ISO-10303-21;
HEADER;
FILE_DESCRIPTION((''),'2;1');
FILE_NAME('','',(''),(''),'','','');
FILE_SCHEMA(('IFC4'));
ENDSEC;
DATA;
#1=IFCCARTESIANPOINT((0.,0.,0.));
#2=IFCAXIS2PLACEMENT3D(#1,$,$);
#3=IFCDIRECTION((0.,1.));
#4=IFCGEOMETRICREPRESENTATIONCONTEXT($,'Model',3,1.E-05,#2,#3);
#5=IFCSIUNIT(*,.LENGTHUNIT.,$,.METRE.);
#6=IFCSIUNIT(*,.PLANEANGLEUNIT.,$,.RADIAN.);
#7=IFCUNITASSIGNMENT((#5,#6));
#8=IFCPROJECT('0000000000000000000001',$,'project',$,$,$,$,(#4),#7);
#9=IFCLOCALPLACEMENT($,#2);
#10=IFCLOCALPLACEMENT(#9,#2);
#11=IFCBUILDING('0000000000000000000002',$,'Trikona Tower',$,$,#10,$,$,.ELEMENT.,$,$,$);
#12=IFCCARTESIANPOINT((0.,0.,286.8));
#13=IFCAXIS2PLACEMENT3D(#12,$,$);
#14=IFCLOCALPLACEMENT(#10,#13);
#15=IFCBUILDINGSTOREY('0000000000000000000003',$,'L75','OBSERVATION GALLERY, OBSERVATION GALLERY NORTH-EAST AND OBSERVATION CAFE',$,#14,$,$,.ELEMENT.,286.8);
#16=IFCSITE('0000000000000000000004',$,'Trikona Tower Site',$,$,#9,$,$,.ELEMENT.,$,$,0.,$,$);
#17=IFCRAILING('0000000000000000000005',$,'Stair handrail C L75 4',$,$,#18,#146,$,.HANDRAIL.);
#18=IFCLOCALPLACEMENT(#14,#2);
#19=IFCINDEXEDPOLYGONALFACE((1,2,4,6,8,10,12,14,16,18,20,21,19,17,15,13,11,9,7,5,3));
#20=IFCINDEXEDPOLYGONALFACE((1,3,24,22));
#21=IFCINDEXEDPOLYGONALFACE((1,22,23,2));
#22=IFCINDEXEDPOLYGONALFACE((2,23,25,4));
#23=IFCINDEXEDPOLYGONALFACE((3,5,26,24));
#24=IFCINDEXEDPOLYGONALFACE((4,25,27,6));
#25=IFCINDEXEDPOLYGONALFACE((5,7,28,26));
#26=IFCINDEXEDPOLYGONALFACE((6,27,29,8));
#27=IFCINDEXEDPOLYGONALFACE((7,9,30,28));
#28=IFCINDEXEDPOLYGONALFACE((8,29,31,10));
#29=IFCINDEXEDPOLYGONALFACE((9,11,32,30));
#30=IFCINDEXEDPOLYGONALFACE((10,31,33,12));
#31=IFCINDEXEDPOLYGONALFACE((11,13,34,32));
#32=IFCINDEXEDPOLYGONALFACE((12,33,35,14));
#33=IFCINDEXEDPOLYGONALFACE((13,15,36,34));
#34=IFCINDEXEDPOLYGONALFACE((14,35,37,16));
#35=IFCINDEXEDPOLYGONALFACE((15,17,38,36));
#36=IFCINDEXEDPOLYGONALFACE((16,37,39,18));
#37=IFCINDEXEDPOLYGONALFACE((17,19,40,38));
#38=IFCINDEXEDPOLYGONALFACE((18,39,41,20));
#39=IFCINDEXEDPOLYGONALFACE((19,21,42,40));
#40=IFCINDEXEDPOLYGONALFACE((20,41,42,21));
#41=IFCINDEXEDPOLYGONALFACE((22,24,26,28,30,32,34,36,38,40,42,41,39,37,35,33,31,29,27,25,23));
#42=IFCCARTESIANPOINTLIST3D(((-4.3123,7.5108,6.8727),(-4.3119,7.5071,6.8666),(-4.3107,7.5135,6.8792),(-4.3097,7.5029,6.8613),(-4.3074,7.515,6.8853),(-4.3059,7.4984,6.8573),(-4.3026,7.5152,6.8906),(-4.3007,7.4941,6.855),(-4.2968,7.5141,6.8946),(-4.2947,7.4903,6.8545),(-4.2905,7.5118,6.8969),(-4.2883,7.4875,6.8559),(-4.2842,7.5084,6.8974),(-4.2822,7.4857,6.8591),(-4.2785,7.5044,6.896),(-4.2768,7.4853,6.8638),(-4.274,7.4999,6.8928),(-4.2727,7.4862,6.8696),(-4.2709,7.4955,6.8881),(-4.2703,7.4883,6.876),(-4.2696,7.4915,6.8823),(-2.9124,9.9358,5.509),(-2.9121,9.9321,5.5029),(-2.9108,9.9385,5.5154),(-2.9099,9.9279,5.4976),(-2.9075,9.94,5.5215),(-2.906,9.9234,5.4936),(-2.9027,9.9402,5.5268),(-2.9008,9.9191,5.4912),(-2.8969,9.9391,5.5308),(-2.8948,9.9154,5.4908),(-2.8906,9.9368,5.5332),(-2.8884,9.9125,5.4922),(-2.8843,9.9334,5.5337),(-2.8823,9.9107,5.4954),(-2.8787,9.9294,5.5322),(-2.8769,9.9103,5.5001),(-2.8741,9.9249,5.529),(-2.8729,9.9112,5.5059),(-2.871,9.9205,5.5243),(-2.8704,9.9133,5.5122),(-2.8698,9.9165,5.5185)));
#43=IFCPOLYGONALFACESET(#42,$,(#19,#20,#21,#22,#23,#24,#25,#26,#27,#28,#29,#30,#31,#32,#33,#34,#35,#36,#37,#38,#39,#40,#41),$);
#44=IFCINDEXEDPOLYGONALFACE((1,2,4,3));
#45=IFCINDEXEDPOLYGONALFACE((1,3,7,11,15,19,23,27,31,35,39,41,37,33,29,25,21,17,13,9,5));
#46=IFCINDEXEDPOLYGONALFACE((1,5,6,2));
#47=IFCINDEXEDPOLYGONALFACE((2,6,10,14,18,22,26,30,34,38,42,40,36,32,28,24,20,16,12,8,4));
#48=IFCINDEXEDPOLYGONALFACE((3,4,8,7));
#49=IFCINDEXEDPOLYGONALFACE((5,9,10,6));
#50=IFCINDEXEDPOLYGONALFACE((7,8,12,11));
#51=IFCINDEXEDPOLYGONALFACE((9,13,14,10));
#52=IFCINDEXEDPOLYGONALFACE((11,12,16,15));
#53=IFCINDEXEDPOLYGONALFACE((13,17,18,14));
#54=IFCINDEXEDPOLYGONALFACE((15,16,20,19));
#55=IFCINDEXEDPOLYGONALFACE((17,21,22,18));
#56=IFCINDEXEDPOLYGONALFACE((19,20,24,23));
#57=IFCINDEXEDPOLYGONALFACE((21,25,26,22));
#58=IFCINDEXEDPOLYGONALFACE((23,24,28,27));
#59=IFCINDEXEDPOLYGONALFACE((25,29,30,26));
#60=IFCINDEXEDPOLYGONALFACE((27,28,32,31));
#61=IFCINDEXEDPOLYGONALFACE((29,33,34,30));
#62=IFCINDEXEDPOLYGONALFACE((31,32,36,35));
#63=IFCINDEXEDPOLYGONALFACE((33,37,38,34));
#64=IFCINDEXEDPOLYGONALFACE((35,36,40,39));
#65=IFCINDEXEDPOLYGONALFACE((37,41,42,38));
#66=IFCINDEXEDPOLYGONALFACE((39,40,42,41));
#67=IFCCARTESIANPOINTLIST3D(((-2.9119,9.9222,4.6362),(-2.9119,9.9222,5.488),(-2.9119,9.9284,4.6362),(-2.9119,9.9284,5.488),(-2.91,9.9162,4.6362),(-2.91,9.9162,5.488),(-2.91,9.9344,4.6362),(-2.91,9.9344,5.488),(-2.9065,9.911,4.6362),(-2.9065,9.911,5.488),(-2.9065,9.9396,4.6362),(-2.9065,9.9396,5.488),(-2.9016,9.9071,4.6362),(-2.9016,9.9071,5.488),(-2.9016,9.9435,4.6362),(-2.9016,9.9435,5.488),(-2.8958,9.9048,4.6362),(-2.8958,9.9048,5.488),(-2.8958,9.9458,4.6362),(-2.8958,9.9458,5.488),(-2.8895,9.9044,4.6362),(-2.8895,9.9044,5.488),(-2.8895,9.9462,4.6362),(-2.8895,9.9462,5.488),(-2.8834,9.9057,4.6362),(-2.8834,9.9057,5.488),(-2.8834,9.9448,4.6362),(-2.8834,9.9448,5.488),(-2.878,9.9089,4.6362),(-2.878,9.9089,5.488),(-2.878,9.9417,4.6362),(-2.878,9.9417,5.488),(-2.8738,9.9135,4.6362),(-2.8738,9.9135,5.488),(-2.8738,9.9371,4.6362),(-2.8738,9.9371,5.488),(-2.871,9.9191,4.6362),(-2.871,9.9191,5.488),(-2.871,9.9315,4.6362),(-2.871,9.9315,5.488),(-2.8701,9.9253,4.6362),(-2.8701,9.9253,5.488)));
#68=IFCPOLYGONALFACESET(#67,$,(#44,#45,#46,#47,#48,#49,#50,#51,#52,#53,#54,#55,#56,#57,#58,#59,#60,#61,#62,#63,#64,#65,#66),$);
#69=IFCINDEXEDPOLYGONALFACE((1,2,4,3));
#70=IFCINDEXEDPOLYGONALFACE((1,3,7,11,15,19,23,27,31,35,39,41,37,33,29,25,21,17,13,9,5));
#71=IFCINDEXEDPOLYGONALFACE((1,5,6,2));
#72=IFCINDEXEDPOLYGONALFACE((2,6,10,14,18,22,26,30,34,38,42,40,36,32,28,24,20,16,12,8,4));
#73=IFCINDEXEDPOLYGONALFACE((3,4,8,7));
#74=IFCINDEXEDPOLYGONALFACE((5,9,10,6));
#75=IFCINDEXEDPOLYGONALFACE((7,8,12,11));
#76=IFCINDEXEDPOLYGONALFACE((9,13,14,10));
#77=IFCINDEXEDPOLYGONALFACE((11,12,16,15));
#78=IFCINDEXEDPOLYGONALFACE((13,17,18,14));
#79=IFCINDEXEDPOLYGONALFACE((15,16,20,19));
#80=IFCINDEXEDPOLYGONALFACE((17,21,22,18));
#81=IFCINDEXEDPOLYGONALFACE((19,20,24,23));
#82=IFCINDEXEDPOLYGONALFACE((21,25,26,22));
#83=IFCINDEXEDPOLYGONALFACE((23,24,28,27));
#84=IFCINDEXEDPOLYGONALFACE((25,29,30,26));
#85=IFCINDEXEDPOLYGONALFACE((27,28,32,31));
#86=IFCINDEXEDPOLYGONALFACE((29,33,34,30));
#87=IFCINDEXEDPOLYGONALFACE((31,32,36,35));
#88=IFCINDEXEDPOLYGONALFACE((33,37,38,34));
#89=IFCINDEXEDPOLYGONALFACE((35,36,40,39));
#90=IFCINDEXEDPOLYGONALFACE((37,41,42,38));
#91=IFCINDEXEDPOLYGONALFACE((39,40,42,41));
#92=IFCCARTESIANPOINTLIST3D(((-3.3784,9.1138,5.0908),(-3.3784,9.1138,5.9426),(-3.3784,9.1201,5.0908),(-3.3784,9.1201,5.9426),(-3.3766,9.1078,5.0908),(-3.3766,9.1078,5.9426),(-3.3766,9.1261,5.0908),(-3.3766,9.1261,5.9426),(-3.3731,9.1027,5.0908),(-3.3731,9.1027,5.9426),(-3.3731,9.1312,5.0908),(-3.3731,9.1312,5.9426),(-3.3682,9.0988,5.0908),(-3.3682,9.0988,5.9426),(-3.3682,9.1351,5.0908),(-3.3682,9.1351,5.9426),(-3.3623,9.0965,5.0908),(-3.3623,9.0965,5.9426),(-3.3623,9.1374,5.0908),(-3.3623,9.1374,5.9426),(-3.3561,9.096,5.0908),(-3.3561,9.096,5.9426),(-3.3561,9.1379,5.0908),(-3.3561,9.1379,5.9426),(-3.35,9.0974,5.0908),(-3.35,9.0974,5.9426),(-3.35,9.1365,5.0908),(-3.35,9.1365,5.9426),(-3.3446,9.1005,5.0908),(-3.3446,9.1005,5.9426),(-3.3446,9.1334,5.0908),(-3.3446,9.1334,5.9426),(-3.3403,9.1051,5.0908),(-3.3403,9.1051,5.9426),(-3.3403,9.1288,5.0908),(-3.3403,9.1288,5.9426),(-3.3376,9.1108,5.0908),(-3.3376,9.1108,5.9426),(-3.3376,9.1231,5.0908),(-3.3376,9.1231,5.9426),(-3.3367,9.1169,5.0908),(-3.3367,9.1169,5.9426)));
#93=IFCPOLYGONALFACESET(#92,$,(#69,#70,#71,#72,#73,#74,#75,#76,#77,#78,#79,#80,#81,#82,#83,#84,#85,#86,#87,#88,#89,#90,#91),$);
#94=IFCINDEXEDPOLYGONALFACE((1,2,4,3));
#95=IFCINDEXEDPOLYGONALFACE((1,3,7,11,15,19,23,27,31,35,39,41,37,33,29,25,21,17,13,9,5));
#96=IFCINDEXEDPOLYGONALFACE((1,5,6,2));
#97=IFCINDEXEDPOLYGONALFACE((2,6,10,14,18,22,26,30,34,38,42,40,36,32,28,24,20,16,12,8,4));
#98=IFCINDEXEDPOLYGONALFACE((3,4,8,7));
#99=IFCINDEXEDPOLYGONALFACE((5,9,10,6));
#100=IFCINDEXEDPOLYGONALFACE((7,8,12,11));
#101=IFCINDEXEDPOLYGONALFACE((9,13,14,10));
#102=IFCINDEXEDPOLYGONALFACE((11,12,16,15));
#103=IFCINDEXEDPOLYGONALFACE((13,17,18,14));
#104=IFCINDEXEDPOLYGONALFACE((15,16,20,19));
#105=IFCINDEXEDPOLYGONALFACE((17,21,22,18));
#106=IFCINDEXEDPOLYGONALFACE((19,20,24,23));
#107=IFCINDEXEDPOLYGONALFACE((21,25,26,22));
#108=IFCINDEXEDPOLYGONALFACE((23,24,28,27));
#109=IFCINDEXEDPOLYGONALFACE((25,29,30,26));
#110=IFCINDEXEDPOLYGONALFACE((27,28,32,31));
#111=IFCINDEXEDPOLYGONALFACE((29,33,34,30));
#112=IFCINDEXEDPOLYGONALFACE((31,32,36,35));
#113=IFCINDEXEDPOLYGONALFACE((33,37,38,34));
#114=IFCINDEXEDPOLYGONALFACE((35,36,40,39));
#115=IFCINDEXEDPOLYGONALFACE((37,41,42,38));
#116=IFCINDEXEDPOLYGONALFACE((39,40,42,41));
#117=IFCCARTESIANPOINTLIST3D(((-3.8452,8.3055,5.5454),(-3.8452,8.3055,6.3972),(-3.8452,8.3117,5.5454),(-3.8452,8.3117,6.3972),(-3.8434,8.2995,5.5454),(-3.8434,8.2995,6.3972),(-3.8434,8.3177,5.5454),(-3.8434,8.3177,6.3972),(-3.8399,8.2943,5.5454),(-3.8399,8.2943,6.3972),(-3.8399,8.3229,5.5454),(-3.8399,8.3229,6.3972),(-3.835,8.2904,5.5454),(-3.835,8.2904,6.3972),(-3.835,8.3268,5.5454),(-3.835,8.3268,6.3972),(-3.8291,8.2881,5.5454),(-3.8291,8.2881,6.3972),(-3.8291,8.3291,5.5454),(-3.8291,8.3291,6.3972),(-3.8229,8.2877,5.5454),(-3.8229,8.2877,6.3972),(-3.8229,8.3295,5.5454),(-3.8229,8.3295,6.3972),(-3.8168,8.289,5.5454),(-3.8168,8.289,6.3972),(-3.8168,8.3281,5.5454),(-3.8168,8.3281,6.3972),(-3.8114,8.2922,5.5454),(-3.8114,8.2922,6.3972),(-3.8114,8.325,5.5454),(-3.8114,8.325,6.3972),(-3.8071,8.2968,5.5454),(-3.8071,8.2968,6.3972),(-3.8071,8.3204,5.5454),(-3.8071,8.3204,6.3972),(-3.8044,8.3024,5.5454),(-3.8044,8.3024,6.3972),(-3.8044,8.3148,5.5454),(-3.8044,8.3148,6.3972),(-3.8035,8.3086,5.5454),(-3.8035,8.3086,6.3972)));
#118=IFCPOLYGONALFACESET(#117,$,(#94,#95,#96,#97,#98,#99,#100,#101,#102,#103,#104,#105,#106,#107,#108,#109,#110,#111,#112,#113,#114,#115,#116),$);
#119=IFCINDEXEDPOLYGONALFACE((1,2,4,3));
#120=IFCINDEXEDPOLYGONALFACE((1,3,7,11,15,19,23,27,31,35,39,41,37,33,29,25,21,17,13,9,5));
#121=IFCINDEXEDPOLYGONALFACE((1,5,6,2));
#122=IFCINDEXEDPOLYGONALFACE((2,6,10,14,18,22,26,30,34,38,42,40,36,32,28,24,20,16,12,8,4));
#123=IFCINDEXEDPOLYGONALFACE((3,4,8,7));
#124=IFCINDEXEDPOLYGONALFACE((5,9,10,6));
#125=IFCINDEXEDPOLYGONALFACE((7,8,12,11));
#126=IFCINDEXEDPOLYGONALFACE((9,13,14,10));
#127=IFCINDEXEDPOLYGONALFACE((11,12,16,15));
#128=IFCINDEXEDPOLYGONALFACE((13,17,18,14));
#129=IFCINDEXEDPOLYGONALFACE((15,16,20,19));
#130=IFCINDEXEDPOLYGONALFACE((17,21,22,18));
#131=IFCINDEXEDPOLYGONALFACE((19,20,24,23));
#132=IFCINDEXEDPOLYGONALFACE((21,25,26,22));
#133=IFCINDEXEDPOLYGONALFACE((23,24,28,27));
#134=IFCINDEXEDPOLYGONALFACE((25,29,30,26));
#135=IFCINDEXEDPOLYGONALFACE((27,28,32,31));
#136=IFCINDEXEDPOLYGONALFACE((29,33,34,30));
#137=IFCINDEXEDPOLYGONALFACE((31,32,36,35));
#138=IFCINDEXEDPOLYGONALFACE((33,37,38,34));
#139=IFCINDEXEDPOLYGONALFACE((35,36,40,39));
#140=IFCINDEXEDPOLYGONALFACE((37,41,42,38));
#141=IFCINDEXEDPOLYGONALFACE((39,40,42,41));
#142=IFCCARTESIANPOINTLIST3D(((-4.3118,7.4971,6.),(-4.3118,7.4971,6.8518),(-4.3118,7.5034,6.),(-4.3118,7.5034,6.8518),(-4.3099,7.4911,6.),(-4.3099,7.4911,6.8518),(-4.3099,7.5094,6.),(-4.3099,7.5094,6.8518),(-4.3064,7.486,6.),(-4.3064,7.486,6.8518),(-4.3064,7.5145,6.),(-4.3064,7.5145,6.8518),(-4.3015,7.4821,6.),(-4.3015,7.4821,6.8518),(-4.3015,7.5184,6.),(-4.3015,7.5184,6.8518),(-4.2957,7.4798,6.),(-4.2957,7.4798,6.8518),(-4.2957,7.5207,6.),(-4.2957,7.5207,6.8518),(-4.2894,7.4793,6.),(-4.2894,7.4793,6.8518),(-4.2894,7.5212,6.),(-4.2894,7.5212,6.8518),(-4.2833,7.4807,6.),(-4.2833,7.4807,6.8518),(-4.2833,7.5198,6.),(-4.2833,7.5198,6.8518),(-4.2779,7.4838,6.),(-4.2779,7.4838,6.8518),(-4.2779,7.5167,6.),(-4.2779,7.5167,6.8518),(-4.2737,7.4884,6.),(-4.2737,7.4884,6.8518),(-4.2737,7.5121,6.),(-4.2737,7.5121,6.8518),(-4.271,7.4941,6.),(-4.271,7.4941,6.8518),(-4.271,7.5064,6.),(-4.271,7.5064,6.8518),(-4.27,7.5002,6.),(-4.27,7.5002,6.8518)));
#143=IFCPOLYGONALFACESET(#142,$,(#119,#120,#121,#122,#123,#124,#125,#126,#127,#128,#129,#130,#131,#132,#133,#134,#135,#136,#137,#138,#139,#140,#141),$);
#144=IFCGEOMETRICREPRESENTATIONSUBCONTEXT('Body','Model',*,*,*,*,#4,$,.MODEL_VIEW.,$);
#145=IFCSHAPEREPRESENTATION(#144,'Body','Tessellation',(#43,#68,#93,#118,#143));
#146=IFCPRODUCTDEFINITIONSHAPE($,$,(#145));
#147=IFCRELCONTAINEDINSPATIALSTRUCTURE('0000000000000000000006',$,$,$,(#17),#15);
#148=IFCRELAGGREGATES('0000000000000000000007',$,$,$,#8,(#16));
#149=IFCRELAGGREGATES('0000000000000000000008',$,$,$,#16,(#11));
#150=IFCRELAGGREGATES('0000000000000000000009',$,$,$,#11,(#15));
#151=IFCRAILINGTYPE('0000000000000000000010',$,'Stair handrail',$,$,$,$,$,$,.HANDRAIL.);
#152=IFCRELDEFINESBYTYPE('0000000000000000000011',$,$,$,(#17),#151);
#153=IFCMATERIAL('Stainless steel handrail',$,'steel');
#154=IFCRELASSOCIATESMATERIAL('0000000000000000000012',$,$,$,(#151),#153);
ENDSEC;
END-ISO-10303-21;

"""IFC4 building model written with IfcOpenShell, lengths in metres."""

from ifc_helpers import new_model, si_unit, direction, frame, origin, origin_2d, place, context, subcontext, project, spatial, circle, extrude, material, type_object, element, save


model = new_model("IFC4")

# Units and contexts
model_context = context("Model", 3, precision=1e-05, world=origin(), true_north=direction((0.0, 1.0)))
body_context = subcontext(model_context, "Body", "Model", "MODEL_VIEW")
ifc_project = project(units=[si_unit("LENGTHUNIT", "METRE"), si_unit("PLANEANGLEUNIT", "RADIAN")], contexts=[model_context])

# Site, building, storey
site_placement = place(None, origin())
site = spatial("IfcSite", under=ifc_project, at=site_placement, Name="Trikona Tower Site", CompositionType="ELEMENT", RefElevation=0.0)
building_placement = place(site_placement, origin())
building = spatial("IfcBuilding", under=site, at=building_placement, Name="Trikona Tower", CompositionType="ELEMENT")
storey_placement = place(building_placement, frame((0.0, 0.0, 286.8)))
storey = spatial("IfcBuildingStorey", under=building, at=storey_placement, Name="L75", Description="OBSERVATION GALLERY, OBSERVATION GALLERY NORTH-EAST AND OBSERVATION CAFE", CompositionType="ELEMENT", Elevation=286.8)

# Railing
ifc_material_1 = material(Name="Stainless steel handrail", Category="steel")
railing_type = type_object("IfcRailingType", Name="Stair handrail", PredefinedType="HANDRAIL", material=ifc_material_1)
railing_1_placement = place(storey_placement, frame((-2.8911, 9.9253, 4.6362)))
element("IfcRailing", 1, at=railing_1_placement, inside=storey, type_object=railing_type, Name="Stair handrail C L75 4", PredefinedType="HANDRAIL", context=body_context, shape_type="SweptSolid", body=[
    extrude(circle(Radius=0.0239, at=origin_2d()), frame((0.0, 0.0, 0.876), z_axis=(-0.449471, -0.778618, 0.43787), x_axis=(0.866056, -0.499946, 0.0)), (0.0, 0.0, 1.0), 3.1145),
    extrude(circle(Radius=0.021, at=origin_2d()), origin(), (0.0, 0.0, 1.0), 0.8518),
    extrude(circle(Radius=0.021, at=origin_2d()), frame((-0.4666, -0.8083, 0.4546)), (0.0, 0.0, 1.0), 0.8518),
    extrude(circle(Radius=0.021, at=origin_2d()), frame((-0.9333, -1.6167, 0.9092)), (0.0, 0.0, 1.0), 0.8518),
    extrude(circle(Radius=0.021, at=origin_2d()), frame((-1.3999, -2.425, 1.3638)), (0.0, 0.0, 1.0), 0.8518),
])

save(model, "model.ifc")
